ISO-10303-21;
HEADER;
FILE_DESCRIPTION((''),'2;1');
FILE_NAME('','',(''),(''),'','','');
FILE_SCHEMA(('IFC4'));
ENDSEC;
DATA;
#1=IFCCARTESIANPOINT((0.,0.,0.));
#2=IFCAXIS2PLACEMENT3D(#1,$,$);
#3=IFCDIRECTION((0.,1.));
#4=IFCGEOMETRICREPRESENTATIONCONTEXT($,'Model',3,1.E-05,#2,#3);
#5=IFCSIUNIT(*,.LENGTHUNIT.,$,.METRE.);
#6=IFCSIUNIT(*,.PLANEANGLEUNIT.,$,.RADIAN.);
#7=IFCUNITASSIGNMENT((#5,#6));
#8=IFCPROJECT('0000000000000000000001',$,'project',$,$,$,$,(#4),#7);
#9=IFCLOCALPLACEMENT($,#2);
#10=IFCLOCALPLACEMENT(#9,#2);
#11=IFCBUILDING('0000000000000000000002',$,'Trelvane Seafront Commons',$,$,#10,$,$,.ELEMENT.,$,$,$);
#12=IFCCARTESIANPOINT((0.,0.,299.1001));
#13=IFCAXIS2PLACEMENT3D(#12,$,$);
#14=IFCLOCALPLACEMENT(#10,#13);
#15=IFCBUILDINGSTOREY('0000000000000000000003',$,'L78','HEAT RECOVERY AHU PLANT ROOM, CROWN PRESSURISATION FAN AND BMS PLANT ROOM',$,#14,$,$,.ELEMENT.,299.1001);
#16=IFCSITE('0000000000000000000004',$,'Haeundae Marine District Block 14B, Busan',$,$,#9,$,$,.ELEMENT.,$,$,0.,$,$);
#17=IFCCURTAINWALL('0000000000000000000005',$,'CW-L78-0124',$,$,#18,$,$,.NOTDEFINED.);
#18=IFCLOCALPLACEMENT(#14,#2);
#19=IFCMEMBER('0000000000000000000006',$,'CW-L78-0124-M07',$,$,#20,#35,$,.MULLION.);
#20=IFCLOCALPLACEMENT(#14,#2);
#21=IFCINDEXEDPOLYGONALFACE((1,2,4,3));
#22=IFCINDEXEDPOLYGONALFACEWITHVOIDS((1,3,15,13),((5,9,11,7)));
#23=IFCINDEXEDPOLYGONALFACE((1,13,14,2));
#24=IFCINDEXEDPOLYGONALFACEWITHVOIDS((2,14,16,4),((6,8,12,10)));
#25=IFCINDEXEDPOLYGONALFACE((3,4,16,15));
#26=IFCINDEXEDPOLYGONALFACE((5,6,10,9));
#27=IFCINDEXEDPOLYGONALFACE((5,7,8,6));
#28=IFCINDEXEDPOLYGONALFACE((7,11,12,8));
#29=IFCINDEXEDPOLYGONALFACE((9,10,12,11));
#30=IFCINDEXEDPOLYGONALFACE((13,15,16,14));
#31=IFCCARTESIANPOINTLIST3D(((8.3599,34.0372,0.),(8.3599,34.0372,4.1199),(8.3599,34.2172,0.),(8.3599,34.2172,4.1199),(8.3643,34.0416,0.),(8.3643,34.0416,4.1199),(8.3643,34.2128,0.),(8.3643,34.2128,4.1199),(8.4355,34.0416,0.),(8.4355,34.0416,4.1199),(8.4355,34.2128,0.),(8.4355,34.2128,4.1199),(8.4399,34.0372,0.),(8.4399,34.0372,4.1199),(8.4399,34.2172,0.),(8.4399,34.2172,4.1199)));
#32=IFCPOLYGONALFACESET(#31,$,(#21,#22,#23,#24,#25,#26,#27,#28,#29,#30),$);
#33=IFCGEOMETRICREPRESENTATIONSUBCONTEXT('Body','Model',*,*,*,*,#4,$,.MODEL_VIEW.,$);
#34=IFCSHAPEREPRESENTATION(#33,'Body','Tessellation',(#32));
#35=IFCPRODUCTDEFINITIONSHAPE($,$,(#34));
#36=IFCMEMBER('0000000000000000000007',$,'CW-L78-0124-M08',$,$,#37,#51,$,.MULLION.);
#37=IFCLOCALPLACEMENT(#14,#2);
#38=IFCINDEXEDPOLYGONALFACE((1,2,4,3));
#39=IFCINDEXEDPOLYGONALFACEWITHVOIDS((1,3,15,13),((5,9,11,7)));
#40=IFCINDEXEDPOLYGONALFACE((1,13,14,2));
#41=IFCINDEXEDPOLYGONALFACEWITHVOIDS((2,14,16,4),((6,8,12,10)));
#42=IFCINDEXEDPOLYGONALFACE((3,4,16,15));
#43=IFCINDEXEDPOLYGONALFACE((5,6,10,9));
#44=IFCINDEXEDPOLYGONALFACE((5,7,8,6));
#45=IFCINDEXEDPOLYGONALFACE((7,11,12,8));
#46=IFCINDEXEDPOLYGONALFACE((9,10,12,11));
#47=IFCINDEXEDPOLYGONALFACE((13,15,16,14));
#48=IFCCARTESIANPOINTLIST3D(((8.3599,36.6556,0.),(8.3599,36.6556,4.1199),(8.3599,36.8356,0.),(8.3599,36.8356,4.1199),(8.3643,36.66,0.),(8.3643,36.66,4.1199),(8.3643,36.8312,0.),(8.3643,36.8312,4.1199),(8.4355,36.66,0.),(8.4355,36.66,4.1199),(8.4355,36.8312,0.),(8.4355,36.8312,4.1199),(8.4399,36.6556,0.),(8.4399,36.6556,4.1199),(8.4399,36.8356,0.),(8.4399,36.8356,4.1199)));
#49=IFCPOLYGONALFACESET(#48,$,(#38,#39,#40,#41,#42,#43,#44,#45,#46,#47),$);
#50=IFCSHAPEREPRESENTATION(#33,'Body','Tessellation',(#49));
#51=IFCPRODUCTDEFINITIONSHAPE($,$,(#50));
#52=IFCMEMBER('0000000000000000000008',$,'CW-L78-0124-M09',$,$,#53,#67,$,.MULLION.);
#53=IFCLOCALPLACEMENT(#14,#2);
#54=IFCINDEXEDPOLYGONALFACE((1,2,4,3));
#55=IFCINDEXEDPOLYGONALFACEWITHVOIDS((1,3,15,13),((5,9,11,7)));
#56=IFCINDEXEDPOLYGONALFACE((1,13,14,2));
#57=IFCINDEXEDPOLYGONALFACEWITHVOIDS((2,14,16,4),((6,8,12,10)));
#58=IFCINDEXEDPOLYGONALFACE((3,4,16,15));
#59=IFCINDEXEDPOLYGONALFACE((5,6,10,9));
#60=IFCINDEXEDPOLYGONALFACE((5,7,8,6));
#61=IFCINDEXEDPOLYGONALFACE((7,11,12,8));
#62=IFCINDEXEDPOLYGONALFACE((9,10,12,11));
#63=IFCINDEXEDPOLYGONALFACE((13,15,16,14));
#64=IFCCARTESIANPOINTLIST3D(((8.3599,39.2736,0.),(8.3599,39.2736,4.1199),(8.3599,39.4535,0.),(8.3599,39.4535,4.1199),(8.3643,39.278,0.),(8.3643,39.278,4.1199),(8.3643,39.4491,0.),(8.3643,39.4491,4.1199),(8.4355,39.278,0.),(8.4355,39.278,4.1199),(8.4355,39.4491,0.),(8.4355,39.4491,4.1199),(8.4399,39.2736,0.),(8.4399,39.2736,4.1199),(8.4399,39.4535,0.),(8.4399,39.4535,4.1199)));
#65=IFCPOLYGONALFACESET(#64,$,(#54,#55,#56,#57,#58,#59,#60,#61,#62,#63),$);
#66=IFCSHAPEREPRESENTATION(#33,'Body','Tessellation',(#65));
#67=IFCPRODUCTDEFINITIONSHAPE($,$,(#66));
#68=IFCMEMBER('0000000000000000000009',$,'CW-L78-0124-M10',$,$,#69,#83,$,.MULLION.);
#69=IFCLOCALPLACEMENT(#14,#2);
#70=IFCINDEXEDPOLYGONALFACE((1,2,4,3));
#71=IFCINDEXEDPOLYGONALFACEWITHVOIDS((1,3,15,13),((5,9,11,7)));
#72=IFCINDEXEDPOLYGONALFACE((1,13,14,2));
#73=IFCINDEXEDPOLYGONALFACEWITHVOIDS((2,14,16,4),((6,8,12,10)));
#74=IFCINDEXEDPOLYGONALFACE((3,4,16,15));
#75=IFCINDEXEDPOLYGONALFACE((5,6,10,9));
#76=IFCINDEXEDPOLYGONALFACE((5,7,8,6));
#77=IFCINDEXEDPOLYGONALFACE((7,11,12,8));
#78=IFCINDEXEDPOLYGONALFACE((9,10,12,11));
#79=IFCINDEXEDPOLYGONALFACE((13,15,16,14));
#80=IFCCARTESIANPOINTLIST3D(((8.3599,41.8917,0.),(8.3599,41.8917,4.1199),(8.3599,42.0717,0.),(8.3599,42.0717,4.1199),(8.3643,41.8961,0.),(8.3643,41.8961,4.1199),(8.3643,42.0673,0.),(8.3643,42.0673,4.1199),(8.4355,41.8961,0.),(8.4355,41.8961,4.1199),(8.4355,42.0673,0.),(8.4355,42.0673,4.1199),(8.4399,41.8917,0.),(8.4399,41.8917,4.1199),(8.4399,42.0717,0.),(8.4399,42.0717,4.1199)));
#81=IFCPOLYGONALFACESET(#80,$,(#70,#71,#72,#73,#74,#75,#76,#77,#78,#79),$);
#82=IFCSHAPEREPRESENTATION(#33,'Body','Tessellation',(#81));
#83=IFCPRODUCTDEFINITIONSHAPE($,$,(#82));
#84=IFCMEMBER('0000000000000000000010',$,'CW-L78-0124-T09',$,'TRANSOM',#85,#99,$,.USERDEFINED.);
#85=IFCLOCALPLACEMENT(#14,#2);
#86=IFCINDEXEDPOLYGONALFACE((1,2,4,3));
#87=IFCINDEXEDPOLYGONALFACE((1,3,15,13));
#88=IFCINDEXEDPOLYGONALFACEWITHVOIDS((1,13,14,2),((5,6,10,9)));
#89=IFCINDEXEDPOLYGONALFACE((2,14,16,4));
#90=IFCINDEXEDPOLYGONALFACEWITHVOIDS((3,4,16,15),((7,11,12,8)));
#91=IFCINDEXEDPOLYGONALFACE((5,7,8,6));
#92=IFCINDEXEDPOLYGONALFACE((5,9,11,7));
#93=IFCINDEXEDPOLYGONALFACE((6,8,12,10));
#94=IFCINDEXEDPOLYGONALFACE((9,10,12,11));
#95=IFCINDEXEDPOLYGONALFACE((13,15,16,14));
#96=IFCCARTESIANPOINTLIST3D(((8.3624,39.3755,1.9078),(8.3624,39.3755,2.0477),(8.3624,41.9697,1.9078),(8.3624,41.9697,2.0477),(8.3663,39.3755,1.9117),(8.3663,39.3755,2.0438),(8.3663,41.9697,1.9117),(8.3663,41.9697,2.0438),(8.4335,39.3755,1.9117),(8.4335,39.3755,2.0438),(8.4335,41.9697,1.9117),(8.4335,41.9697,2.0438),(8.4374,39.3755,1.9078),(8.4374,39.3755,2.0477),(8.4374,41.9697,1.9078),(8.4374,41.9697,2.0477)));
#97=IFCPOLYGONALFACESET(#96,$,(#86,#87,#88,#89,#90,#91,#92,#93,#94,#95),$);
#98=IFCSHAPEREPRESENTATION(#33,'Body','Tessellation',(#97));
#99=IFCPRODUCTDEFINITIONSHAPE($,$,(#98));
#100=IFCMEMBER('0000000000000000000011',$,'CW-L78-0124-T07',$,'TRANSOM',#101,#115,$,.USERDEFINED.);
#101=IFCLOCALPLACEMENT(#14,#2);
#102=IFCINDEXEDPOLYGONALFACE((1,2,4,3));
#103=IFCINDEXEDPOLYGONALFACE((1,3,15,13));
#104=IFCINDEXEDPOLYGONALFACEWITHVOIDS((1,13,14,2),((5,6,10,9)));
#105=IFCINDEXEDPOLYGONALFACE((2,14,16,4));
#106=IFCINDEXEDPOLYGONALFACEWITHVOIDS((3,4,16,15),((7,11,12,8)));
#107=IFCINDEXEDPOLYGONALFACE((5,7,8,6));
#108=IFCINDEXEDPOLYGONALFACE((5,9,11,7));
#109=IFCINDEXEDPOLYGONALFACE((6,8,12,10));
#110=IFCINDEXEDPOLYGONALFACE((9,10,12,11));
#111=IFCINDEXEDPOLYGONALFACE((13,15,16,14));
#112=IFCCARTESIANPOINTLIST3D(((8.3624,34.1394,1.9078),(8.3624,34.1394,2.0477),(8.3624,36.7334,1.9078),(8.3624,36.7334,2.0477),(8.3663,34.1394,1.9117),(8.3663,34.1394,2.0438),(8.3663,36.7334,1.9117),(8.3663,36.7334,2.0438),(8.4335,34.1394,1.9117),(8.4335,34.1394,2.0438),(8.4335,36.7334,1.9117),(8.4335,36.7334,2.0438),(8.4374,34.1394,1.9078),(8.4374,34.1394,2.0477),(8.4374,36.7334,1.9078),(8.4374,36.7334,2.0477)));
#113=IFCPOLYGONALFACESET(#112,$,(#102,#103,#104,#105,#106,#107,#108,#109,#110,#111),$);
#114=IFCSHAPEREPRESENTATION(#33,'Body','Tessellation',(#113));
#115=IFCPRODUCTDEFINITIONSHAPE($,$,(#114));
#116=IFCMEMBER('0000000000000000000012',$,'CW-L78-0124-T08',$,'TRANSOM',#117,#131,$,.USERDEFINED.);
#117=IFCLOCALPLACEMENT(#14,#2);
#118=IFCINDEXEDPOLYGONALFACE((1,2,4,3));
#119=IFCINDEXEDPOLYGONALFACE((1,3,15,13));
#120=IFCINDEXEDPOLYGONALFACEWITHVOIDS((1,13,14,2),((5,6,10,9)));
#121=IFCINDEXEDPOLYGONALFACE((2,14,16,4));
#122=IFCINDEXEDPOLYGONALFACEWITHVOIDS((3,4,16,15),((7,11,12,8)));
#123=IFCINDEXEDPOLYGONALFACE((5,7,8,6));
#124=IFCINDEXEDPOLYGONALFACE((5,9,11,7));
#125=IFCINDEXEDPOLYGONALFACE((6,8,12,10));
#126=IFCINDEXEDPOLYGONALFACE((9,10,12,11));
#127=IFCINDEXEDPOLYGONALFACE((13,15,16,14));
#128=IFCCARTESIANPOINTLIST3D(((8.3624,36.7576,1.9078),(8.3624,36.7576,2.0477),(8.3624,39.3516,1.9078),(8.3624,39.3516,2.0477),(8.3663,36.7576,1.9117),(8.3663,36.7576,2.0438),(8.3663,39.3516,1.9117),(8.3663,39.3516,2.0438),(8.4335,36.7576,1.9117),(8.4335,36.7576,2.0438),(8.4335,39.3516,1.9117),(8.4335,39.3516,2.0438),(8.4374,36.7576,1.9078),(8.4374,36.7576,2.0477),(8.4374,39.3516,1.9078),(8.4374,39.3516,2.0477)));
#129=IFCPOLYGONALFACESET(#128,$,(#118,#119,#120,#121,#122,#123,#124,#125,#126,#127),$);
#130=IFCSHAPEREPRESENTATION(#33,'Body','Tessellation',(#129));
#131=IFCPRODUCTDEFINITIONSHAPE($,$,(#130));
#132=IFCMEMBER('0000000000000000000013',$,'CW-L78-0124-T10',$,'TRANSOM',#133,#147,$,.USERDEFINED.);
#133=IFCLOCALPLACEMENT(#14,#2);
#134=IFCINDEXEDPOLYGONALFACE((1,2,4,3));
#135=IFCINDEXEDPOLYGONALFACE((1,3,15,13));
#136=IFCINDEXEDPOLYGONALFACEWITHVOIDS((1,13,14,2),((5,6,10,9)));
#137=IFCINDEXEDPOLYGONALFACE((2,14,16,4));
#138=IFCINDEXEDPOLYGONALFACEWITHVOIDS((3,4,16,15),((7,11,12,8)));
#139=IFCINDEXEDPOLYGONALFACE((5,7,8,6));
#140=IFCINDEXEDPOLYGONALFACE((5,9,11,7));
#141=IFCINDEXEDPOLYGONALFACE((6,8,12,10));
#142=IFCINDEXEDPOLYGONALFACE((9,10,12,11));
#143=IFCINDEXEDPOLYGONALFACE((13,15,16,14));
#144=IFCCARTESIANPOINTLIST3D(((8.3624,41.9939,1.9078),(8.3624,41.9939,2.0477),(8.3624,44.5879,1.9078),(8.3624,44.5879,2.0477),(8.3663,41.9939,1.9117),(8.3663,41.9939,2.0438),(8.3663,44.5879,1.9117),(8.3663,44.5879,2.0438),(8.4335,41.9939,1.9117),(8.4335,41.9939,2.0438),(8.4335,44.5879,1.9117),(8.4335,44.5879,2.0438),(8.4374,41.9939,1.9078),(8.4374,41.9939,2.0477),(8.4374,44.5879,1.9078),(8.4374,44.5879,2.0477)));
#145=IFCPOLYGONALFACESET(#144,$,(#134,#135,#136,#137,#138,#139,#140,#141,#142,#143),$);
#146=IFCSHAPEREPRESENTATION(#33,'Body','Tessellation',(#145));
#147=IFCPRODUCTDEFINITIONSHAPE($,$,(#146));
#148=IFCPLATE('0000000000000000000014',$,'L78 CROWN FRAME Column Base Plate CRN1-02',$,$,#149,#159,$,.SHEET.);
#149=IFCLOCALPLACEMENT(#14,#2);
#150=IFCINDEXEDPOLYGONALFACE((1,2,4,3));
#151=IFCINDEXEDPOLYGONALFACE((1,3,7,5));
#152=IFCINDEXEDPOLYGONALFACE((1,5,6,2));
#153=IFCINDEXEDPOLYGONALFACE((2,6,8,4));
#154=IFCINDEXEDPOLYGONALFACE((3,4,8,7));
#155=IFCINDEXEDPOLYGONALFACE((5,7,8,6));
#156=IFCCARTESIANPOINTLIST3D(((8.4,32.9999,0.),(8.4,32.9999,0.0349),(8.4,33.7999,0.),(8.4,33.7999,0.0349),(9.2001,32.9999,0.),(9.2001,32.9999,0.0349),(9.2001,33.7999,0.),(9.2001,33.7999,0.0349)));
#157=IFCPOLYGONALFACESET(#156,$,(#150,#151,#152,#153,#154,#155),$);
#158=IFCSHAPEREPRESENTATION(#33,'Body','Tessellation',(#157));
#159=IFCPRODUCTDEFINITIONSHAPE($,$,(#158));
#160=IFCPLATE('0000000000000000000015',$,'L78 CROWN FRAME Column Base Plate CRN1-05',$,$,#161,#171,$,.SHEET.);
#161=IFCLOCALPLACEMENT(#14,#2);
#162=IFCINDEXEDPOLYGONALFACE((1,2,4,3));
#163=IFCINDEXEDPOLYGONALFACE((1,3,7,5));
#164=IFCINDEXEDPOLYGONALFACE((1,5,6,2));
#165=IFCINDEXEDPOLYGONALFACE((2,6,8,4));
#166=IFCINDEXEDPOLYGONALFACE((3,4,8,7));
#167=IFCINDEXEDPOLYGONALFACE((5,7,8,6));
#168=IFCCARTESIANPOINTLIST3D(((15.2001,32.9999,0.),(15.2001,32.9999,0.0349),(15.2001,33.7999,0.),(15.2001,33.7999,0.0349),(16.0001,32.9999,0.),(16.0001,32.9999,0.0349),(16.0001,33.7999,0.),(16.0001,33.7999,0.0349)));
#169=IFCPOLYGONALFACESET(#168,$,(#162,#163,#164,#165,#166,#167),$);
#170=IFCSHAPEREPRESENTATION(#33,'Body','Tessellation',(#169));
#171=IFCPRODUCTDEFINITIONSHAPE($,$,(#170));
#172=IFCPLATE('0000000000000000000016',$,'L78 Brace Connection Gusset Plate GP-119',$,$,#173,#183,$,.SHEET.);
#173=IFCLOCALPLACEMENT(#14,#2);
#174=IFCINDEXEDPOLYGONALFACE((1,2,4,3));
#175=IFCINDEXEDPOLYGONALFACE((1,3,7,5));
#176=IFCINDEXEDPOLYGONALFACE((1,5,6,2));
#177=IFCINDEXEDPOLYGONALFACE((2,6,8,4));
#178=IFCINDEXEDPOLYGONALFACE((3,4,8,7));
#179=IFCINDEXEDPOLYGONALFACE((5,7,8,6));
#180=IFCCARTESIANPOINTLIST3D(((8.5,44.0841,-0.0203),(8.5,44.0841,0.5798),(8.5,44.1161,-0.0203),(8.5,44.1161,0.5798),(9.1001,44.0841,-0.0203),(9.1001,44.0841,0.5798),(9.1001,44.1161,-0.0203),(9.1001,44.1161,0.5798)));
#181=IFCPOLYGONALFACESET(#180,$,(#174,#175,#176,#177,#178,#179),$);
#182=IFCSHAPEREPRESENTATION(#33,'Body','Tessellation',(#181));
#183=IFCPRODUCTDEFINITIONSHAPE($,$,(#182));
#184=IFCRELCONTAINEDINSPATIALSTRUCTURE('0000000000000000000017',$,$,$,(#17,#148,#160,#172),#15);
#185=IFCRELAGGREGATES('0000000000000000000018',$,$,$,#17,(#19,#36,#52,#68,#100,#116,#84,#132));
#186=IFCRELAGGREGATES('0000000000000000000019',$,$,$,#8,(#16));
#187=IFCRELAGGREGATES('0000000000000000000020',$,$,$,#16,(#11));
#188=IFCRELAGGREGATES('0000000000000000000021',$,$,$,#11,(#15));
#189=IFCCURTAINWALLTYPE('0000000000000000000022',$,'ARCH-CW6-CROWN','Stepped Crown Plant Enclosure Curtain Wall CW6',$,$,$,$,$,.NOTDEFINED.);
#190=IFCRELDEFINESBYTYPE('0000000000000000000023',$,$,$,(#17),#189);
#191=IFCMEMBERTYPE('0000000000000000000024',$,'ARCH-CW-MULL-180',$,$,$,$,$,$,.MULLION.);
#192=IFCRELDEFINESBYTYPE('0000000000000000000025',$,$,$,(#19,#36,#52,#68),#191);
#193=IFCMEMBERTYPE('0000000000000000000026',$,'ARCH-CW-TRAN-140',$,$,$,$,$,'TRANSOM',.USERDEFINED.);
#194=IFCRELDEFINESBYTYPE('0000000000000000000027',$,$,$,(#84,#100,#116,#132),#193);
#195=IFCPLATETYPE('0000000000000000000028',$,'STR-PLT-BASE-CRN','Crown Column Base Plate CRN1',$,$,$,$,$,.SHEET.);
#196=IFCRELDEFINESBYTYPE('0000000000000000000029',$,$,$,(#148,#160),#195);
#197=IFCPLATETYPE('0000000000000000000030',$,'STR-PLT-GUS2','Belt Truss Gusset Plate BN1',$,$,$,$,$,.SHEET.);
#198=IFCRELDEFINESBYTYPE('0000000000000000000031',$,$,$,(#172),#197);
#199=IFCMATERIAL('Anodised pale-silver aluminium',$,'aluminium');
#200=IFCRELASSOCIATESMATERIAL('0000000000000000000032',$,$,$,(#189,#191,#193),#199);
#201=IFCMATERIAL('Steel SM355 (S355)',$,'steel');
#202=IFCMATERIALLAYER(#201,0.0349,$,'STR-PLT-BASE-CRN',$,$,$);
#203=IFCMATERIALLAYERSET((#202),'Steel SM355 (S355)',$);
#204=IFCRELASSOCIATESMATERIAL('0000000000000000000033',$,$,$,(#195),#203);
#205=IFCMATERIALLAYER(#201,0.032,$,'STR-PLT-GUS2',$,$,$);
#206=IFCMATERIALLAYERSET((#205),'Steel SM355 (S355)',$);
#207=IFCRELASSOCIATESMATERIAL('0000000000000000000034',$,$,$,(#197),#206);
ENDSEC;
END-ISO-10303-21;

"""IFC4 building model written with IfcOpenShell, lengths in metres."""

from ifc_helpers import new_model, si_unit, direction, frame, origin, origin_2d, place, context, subcontext, project, spatial, rectangle, hollow_rectangle, extrude, source, transform, mapped, material, layer, layer_set, material_profile, profile_set, type_object, element, aggregate, save


model = new_model("IFC4")

# Units and contexts
model_context = context("Model", 3, precision=1e-05, world=origin(), true_north=direction((0.0, 1.0)))
body_context = subcontext(model_context, "Body", "Model", "MODEL_VIEW")
ifc_project = project(units=[si_unit("LENGTHUNIT", "METRE"), si_unit("PLANEANGLEUNIT", "RADIAN")], contexts=[model_context])

# Site, building, storey
site_placement = place(None, origin())
site = spatial("IfcSite", under=ifc_project, at=site_placement, Name="Haeundae Marine District Block 14B, Busan", CompositionType="ELEMENT", RefElevation=0.0)
building_placement = place(site_placement, origin())
building = spatial("IfcBuilding", under=site, at=building_placement, Name="Trelvane Seafront Commons", CompositionType="ELEMENT")
storey_placement = place(building_placement, frame((0.0, 0.0, 299.1001)))
storey = spatial("IfcBuildingStorey", under=building, at=storey_placement, Name="L78", Description="HEAT RECOVERY AHU PLANT ROOM, CROWN PRESSURISATION FAN AND BMS PLANT ROOM", CompositionType="ELEMENT", Elevation=299.1001)

# Shared definitions
ifc_material_1 = material(Name="Steel SM355 (S355)", Category="steel")

# Curtain wall, members
ifc_material_2 = material(Name="Anodised pale-silver aluminium", Category="aluminium")
curtain_wall_type = type_object("IfcCurtainWallType", Name="ARCH-CW6-CROWN", Description="Stepped Crown Plant Enclosure Curtain Wall CW6", PredefinedType="NOTDEFINED", material=ifc_material_2)
curtain_wall_placement = place(storey_placement, origin())
curtain_wall = element("IfcCurtainWall", 1, at=curtain_wall_placement, inside=storey, type_object=curtain_wall_type, Name="CW-L78-0124", PredefinedType="NOTDEFINED")
ifc_material_profile_1 = material_profile(ifc_material_2, hollow_rectangle(XDim=0.0801, YDim=0.1799, WallThickness=0.0044, at=origin_2d()), Name="MULL-80x180x4.5")
ifc_profile_set_1 = profile_set([ifc_material_profile_1], Name="Anodised pale-silver aluminium")
member_type_1 = type_object("IfcMemberType", Name="ARCH-CW-MULL-180", PredefinedType="MULLION", material=ifc_profile_set_1)
shared_shape_1 = source(origin(), body_context, "Body", "SweptSolid", [
    extrude(hollow_rectangle(XDim=0.0801, YDim=0.1799, WallThickness=0.0044, at=origin_2d()), origin(), (0.0, 0.0, 1.0), 4.1199),
])
member_1_placement = place(storey_placement, frame((8.3999, 34.1272, 0.0), z_axis=(0.0, 0.0, 1.0), x_axis=(1.0, 0.0, 0.0)))
member_1 = element("IfcMember", 2, at=member_1_placement, type_object=member_type_1, Name="CW-L78-0124-M07", PredefinedType="MULLION", context=body_context, shape_type="MappedRepresentation", body=[
    mapped(shared_shape_1, transform((0.0, 0.0, 0.0), x_axis=(1.0, 0.0, 0.0), y_axis=(0.0, 1.0, 0.0), z_axis=(0.0, 0.0, 1.0), scale=1.0)),
])
member_2_placement = place(storey_placement, frame((8.3999, 36.7456, 0.0), z_axis=(0.0, 0.0, 1.0), x_axis=(1.0, 0.0, 0.0)))
member_2 = element("IfcMember", 3, at=member_2_placement, type_object=member_type_1, Name="CW-L78-0124-M08", PredefinedType="MULLION", context=body_context, shape_type="MappedRepresentation", body=[
    mapped(shared_shape_1, transform((0.0, 0.0, 0.0), x_axis=(1.0, 0.0, 0.0), y_axis=(0.0, 1.0, 0.0), z_axis=(0.0, 0.0, 1.0), scale=1.0)),
])
member_3_placement = place(storey_placement, frame((8.3999, 39.3635, 0.0), z_axis=(0.0, 0.0, 1.0), x_axis=(1.0, 0.0, 0.0)))
member_3 = element("IfcMember", 4, at=member_3_placement, type_object=member_type_1, Name="CW-L78-0124-M09", PredefinedType="MULLION", context=body_context, shape_type="MappedRepresentation", body=[
    mapped(shared_shape_1, transform((0.0, 0.0, 0.0), x_axis=(1.0, 0.0, 0.0), y_axis=(0.0, 1.0, 0.0), z_axis=(0.0, 0.0, 1.0), scale=1.0)),
])
member_4_placement = place(storey_placement, frame((8.3999, 41.9817, 0.0), z_axis=(0.0, 0.0, 1.0), x_axis=(1.0, 0.0, 0.0)))
member_4 = element("IfcMember", 5, at=member_4_placement, type_object=member_type_1, Name="CW-L78-0124-M10", PredefinedType="MULLION", context=body_context, shape_type="MappedRepresentation", body=[
    mapped(shared_shape_1, transform((0.0, 0.0, 0.0), x_axis=(1.0, 0.0, 0.0), y_axis=(0.0, 1.0, 0.0), z_axis=(0.0, 0.0, 1.0), scale=1.0)),
])
ifc_material_profile_2 = material_profile(ifc_material_2, hollow_rectangle(XDim=0.075, YDim=0.1399, WallThickness=0.0039, at=origin_2d()), Name="TRAN-75x140x4")
ifc_profile_set_2 = profile_set([ifc_material_profile_2], Name="Anodised pale-silver aluminium")
member_type_2 = type_object("IfcMemberType", Name="ARCH-CW-TRAN-140", ElementType="TRANSOM", PredefinedType="USERDEFINED", material=ifc_profile_set_2)
shared_shape_2 = source(origin(), body_context, "Body", "SweptSolid", [
    extrude(hollow_rectangle(XDim=0.075, YDim=0.1399, WallThickness=0.0039, at=origin_2d()), origin(), (0.0, 0.0, 1.0), 2.5942),
])
member_5_placement = place(storey_placement, frame((8.3999, 39.3755, 1.9778), z_axis=(0.0, 1.0, 0.0), x_axis=(-1.0, 0.0, 0.0)))
member_5 = element("IfcMember", 6, at=member_5_placement, type_object=member_type_2, Name="CW-L78-0124-T09", ObjectType="TRANSOM", PredefinedType="USERDEFINED", context=body_context, shape_type="MappedRepresentation", body=[
    mapped(shared_shape_2, transform((0.0, 0.0, 0.0), x_axis=(1.0, 0.0, 0.0), y_axis=(0.0, 1.0, 0.0), z_axis=(0.0, 0.0, 1.0), scale=1.0)),
])
shared_shape_3 = source(origin(), body_context, "Body", "SweptSolid", [
    extrude(hollow_rectangle(XDim=0.075, YDim=0.1399, WallThickness=0.0039, at=origin_2d()), origin(), (0.0, 0.0, 1.0), 2.594),
])
member_6_placement = place(storey_placement, frame((8.3999, 34.1394, 1.9778), z_axis=(0.0, 1.0, 0.0), x_axis=(-1.0, 0.0, 0.0)))
member_6 = element("IfcMember", 7, at=member_6_placement, type_object=member_type_2, Name="CW-L78-0124-T07", ObjectType="TRANSOM", PredefinedType="USERDEFINED", context=body_context, shape_type="MappedRepresentation", body=[
    mapped(shared_shape_3, transform((0.0, 0.0, 0.0), x_axis=(1.0, 0.0, 0.0), y_axis=(0.0, 1.0, 0.0), z_axis=(0.0, 0.0, 1.0), scale=1.0)),
])
member_7_placement = place(storey_placement, frame((8.3999, 36.7576, 1.9778), z_axis=(0.0, 1.0, 0.0), x_axis=(-1.0, 0.0, 0.0)))
member_7 = element("IfcMember", 8, at=member_7_placement, type_object=member_type_2, Name="CW-L78-0124-T08", ObjectType="TRANSOM", PredefinedType="USERDEFINED", context=body_context, shape_type="MappedRepresentation", body=[
    mapped(shared_shape_3, transform((0.0, 0.0, 0.0), x_axis=(1.0, 0.0, 0.0), y_axis=(0.0, 1.0, 0.0), z_axis=(0.0, 0.0, 1.0), scale=1.0)),
])
member_8_placement = place(storey_placement, frame((8.3999, 41.9939, 1.9778), z_axis=(0.0, 1.0, 0.0), x_axis=(-1.0, 0.0, 0.0)))
member_8 = element("IfcMember", 9, at=member_8_placement, type_object=member_type_2, Name="CW-L78-0124-T10", ObjectType="TRANSOM", PredefinedType="USERDEFINED", context=body_context, shape_type="MappedRepresentation", body=[
    mapped(shared_shape_3, transform((0.0, 0.0, 0.0), x_axis=(1.0, 0.0, 0.0), y_axis=(0.0, 1.0, 0.0), z_axis=(0.0, 0.0, 1.0), scale=1.0)),
])

# Plates
ifc_layer_1 = layer(ifc_material_1, 0.0349, Name="STR-PLT-BASE-CRN")
ifc_layer_set_1 = layer_set([ifc_layer_1], Name="Steel SM355 (S355)")
plate_type_1 = type_object("IfcPlateType", Name="STR-PLT-BASE-CRN", Description="Crown Column Base Plate CRN1", PredefinedType="SHEET", material=ifc_layer_set_1)
shared_shape_4 = source(origin(), body_context, "Body", "SweptSolid", [
    extrude(rectangle(XDim=0.8, YDim=0.8, at=origin_2d()), origin(), (0.0, 0.0, 1.0), 0.0349),
])
for number, where, z_axis, x_axis, name in (
    (10, (8.8, 33.3999, 0.0), (0.0, 0.0, 1.0), (1.0, 0.0, 0.0), "L78 CROWN FRAME Column Base Plate CRN1-02"),
    (11, (15.6001, 33.3999, 0.0), (0.0, 0.0, 1.0), (1.0, 0.0, 0.0), "L78 CROWN FRAME Column Base Plate CRN1-05"),
):
    element("IfcPlate", number, at=place(storey_placement, frame(where, z_axis=z_axis, x_axis=x_axis)), inside=storey, type_object=plate_type_1, Name=name, PredefinedType="SHEET", context=body_context, shape_type="MappedRepresentation", body=[
        mapped(shared_shape_4, transform((0.0, 0.0, 0.0), x_axis=(1.0, 0.0, 0.0), y_axis=(0.0, 1.0, 0.0), z_axis=(0.0, 0.0, 1.0), scale=1.0)),
    ])
ifc_layer_2 = layer(ifc_material_1, 0.032, Name="STR-PLT-GUS2")
ifc_layer_set_2 = layer_set([ifc_layer_2], Name="Steel SM355 (S355)")
plate_type_2 = type_object("IfcPlateType", Name="STR-PLT-GUS2", Description="Belt Truss Gusset Plate BN1", PredefinedType="SHEET", material=ifc_layer_set_2)
shared_shape_5 = source(origin(), body_context, "Body", "SweptSolid", [
    extrude(rectangle(XDim=0.6001, YDim=0.032, at=origin_2d()), origin(), (0.0, 0.0, 1.0), 0.6001),
])
for number, where, z_axis, x_axis, name in (
    (12, (8.8, 44.1001, -0.0203), (0.0, 0.0, 1.0), (1.0, 0.0, 0.0), "L78 Brace Connection Gusset Plate GP-119"),
):
    element("IfcPlate", number, at=place(storey_placement, frame(where, z_axis=z_axis, x_axis=x_axis)), inside=storey, type_object=plate_type_2, Name=name, PredefinedType="SHEET", context=body_context, shape_type="MappedRepresentation", body=[
        mapped(shared_shape_5, transform((0.0, 0.0, 0.0), x_axis=(1.0, 0.0, 0.0), y_axis=(0.0, 1.0, 0.0), z_axis=(0.0, 0.0, 1.0), scale=1.0)),
    ])

aggregate(curtain_wall, [member_1, member_2, member_3, member_4, member_6, member_7, member_5, member_8])

save(model, "model.ifc")
